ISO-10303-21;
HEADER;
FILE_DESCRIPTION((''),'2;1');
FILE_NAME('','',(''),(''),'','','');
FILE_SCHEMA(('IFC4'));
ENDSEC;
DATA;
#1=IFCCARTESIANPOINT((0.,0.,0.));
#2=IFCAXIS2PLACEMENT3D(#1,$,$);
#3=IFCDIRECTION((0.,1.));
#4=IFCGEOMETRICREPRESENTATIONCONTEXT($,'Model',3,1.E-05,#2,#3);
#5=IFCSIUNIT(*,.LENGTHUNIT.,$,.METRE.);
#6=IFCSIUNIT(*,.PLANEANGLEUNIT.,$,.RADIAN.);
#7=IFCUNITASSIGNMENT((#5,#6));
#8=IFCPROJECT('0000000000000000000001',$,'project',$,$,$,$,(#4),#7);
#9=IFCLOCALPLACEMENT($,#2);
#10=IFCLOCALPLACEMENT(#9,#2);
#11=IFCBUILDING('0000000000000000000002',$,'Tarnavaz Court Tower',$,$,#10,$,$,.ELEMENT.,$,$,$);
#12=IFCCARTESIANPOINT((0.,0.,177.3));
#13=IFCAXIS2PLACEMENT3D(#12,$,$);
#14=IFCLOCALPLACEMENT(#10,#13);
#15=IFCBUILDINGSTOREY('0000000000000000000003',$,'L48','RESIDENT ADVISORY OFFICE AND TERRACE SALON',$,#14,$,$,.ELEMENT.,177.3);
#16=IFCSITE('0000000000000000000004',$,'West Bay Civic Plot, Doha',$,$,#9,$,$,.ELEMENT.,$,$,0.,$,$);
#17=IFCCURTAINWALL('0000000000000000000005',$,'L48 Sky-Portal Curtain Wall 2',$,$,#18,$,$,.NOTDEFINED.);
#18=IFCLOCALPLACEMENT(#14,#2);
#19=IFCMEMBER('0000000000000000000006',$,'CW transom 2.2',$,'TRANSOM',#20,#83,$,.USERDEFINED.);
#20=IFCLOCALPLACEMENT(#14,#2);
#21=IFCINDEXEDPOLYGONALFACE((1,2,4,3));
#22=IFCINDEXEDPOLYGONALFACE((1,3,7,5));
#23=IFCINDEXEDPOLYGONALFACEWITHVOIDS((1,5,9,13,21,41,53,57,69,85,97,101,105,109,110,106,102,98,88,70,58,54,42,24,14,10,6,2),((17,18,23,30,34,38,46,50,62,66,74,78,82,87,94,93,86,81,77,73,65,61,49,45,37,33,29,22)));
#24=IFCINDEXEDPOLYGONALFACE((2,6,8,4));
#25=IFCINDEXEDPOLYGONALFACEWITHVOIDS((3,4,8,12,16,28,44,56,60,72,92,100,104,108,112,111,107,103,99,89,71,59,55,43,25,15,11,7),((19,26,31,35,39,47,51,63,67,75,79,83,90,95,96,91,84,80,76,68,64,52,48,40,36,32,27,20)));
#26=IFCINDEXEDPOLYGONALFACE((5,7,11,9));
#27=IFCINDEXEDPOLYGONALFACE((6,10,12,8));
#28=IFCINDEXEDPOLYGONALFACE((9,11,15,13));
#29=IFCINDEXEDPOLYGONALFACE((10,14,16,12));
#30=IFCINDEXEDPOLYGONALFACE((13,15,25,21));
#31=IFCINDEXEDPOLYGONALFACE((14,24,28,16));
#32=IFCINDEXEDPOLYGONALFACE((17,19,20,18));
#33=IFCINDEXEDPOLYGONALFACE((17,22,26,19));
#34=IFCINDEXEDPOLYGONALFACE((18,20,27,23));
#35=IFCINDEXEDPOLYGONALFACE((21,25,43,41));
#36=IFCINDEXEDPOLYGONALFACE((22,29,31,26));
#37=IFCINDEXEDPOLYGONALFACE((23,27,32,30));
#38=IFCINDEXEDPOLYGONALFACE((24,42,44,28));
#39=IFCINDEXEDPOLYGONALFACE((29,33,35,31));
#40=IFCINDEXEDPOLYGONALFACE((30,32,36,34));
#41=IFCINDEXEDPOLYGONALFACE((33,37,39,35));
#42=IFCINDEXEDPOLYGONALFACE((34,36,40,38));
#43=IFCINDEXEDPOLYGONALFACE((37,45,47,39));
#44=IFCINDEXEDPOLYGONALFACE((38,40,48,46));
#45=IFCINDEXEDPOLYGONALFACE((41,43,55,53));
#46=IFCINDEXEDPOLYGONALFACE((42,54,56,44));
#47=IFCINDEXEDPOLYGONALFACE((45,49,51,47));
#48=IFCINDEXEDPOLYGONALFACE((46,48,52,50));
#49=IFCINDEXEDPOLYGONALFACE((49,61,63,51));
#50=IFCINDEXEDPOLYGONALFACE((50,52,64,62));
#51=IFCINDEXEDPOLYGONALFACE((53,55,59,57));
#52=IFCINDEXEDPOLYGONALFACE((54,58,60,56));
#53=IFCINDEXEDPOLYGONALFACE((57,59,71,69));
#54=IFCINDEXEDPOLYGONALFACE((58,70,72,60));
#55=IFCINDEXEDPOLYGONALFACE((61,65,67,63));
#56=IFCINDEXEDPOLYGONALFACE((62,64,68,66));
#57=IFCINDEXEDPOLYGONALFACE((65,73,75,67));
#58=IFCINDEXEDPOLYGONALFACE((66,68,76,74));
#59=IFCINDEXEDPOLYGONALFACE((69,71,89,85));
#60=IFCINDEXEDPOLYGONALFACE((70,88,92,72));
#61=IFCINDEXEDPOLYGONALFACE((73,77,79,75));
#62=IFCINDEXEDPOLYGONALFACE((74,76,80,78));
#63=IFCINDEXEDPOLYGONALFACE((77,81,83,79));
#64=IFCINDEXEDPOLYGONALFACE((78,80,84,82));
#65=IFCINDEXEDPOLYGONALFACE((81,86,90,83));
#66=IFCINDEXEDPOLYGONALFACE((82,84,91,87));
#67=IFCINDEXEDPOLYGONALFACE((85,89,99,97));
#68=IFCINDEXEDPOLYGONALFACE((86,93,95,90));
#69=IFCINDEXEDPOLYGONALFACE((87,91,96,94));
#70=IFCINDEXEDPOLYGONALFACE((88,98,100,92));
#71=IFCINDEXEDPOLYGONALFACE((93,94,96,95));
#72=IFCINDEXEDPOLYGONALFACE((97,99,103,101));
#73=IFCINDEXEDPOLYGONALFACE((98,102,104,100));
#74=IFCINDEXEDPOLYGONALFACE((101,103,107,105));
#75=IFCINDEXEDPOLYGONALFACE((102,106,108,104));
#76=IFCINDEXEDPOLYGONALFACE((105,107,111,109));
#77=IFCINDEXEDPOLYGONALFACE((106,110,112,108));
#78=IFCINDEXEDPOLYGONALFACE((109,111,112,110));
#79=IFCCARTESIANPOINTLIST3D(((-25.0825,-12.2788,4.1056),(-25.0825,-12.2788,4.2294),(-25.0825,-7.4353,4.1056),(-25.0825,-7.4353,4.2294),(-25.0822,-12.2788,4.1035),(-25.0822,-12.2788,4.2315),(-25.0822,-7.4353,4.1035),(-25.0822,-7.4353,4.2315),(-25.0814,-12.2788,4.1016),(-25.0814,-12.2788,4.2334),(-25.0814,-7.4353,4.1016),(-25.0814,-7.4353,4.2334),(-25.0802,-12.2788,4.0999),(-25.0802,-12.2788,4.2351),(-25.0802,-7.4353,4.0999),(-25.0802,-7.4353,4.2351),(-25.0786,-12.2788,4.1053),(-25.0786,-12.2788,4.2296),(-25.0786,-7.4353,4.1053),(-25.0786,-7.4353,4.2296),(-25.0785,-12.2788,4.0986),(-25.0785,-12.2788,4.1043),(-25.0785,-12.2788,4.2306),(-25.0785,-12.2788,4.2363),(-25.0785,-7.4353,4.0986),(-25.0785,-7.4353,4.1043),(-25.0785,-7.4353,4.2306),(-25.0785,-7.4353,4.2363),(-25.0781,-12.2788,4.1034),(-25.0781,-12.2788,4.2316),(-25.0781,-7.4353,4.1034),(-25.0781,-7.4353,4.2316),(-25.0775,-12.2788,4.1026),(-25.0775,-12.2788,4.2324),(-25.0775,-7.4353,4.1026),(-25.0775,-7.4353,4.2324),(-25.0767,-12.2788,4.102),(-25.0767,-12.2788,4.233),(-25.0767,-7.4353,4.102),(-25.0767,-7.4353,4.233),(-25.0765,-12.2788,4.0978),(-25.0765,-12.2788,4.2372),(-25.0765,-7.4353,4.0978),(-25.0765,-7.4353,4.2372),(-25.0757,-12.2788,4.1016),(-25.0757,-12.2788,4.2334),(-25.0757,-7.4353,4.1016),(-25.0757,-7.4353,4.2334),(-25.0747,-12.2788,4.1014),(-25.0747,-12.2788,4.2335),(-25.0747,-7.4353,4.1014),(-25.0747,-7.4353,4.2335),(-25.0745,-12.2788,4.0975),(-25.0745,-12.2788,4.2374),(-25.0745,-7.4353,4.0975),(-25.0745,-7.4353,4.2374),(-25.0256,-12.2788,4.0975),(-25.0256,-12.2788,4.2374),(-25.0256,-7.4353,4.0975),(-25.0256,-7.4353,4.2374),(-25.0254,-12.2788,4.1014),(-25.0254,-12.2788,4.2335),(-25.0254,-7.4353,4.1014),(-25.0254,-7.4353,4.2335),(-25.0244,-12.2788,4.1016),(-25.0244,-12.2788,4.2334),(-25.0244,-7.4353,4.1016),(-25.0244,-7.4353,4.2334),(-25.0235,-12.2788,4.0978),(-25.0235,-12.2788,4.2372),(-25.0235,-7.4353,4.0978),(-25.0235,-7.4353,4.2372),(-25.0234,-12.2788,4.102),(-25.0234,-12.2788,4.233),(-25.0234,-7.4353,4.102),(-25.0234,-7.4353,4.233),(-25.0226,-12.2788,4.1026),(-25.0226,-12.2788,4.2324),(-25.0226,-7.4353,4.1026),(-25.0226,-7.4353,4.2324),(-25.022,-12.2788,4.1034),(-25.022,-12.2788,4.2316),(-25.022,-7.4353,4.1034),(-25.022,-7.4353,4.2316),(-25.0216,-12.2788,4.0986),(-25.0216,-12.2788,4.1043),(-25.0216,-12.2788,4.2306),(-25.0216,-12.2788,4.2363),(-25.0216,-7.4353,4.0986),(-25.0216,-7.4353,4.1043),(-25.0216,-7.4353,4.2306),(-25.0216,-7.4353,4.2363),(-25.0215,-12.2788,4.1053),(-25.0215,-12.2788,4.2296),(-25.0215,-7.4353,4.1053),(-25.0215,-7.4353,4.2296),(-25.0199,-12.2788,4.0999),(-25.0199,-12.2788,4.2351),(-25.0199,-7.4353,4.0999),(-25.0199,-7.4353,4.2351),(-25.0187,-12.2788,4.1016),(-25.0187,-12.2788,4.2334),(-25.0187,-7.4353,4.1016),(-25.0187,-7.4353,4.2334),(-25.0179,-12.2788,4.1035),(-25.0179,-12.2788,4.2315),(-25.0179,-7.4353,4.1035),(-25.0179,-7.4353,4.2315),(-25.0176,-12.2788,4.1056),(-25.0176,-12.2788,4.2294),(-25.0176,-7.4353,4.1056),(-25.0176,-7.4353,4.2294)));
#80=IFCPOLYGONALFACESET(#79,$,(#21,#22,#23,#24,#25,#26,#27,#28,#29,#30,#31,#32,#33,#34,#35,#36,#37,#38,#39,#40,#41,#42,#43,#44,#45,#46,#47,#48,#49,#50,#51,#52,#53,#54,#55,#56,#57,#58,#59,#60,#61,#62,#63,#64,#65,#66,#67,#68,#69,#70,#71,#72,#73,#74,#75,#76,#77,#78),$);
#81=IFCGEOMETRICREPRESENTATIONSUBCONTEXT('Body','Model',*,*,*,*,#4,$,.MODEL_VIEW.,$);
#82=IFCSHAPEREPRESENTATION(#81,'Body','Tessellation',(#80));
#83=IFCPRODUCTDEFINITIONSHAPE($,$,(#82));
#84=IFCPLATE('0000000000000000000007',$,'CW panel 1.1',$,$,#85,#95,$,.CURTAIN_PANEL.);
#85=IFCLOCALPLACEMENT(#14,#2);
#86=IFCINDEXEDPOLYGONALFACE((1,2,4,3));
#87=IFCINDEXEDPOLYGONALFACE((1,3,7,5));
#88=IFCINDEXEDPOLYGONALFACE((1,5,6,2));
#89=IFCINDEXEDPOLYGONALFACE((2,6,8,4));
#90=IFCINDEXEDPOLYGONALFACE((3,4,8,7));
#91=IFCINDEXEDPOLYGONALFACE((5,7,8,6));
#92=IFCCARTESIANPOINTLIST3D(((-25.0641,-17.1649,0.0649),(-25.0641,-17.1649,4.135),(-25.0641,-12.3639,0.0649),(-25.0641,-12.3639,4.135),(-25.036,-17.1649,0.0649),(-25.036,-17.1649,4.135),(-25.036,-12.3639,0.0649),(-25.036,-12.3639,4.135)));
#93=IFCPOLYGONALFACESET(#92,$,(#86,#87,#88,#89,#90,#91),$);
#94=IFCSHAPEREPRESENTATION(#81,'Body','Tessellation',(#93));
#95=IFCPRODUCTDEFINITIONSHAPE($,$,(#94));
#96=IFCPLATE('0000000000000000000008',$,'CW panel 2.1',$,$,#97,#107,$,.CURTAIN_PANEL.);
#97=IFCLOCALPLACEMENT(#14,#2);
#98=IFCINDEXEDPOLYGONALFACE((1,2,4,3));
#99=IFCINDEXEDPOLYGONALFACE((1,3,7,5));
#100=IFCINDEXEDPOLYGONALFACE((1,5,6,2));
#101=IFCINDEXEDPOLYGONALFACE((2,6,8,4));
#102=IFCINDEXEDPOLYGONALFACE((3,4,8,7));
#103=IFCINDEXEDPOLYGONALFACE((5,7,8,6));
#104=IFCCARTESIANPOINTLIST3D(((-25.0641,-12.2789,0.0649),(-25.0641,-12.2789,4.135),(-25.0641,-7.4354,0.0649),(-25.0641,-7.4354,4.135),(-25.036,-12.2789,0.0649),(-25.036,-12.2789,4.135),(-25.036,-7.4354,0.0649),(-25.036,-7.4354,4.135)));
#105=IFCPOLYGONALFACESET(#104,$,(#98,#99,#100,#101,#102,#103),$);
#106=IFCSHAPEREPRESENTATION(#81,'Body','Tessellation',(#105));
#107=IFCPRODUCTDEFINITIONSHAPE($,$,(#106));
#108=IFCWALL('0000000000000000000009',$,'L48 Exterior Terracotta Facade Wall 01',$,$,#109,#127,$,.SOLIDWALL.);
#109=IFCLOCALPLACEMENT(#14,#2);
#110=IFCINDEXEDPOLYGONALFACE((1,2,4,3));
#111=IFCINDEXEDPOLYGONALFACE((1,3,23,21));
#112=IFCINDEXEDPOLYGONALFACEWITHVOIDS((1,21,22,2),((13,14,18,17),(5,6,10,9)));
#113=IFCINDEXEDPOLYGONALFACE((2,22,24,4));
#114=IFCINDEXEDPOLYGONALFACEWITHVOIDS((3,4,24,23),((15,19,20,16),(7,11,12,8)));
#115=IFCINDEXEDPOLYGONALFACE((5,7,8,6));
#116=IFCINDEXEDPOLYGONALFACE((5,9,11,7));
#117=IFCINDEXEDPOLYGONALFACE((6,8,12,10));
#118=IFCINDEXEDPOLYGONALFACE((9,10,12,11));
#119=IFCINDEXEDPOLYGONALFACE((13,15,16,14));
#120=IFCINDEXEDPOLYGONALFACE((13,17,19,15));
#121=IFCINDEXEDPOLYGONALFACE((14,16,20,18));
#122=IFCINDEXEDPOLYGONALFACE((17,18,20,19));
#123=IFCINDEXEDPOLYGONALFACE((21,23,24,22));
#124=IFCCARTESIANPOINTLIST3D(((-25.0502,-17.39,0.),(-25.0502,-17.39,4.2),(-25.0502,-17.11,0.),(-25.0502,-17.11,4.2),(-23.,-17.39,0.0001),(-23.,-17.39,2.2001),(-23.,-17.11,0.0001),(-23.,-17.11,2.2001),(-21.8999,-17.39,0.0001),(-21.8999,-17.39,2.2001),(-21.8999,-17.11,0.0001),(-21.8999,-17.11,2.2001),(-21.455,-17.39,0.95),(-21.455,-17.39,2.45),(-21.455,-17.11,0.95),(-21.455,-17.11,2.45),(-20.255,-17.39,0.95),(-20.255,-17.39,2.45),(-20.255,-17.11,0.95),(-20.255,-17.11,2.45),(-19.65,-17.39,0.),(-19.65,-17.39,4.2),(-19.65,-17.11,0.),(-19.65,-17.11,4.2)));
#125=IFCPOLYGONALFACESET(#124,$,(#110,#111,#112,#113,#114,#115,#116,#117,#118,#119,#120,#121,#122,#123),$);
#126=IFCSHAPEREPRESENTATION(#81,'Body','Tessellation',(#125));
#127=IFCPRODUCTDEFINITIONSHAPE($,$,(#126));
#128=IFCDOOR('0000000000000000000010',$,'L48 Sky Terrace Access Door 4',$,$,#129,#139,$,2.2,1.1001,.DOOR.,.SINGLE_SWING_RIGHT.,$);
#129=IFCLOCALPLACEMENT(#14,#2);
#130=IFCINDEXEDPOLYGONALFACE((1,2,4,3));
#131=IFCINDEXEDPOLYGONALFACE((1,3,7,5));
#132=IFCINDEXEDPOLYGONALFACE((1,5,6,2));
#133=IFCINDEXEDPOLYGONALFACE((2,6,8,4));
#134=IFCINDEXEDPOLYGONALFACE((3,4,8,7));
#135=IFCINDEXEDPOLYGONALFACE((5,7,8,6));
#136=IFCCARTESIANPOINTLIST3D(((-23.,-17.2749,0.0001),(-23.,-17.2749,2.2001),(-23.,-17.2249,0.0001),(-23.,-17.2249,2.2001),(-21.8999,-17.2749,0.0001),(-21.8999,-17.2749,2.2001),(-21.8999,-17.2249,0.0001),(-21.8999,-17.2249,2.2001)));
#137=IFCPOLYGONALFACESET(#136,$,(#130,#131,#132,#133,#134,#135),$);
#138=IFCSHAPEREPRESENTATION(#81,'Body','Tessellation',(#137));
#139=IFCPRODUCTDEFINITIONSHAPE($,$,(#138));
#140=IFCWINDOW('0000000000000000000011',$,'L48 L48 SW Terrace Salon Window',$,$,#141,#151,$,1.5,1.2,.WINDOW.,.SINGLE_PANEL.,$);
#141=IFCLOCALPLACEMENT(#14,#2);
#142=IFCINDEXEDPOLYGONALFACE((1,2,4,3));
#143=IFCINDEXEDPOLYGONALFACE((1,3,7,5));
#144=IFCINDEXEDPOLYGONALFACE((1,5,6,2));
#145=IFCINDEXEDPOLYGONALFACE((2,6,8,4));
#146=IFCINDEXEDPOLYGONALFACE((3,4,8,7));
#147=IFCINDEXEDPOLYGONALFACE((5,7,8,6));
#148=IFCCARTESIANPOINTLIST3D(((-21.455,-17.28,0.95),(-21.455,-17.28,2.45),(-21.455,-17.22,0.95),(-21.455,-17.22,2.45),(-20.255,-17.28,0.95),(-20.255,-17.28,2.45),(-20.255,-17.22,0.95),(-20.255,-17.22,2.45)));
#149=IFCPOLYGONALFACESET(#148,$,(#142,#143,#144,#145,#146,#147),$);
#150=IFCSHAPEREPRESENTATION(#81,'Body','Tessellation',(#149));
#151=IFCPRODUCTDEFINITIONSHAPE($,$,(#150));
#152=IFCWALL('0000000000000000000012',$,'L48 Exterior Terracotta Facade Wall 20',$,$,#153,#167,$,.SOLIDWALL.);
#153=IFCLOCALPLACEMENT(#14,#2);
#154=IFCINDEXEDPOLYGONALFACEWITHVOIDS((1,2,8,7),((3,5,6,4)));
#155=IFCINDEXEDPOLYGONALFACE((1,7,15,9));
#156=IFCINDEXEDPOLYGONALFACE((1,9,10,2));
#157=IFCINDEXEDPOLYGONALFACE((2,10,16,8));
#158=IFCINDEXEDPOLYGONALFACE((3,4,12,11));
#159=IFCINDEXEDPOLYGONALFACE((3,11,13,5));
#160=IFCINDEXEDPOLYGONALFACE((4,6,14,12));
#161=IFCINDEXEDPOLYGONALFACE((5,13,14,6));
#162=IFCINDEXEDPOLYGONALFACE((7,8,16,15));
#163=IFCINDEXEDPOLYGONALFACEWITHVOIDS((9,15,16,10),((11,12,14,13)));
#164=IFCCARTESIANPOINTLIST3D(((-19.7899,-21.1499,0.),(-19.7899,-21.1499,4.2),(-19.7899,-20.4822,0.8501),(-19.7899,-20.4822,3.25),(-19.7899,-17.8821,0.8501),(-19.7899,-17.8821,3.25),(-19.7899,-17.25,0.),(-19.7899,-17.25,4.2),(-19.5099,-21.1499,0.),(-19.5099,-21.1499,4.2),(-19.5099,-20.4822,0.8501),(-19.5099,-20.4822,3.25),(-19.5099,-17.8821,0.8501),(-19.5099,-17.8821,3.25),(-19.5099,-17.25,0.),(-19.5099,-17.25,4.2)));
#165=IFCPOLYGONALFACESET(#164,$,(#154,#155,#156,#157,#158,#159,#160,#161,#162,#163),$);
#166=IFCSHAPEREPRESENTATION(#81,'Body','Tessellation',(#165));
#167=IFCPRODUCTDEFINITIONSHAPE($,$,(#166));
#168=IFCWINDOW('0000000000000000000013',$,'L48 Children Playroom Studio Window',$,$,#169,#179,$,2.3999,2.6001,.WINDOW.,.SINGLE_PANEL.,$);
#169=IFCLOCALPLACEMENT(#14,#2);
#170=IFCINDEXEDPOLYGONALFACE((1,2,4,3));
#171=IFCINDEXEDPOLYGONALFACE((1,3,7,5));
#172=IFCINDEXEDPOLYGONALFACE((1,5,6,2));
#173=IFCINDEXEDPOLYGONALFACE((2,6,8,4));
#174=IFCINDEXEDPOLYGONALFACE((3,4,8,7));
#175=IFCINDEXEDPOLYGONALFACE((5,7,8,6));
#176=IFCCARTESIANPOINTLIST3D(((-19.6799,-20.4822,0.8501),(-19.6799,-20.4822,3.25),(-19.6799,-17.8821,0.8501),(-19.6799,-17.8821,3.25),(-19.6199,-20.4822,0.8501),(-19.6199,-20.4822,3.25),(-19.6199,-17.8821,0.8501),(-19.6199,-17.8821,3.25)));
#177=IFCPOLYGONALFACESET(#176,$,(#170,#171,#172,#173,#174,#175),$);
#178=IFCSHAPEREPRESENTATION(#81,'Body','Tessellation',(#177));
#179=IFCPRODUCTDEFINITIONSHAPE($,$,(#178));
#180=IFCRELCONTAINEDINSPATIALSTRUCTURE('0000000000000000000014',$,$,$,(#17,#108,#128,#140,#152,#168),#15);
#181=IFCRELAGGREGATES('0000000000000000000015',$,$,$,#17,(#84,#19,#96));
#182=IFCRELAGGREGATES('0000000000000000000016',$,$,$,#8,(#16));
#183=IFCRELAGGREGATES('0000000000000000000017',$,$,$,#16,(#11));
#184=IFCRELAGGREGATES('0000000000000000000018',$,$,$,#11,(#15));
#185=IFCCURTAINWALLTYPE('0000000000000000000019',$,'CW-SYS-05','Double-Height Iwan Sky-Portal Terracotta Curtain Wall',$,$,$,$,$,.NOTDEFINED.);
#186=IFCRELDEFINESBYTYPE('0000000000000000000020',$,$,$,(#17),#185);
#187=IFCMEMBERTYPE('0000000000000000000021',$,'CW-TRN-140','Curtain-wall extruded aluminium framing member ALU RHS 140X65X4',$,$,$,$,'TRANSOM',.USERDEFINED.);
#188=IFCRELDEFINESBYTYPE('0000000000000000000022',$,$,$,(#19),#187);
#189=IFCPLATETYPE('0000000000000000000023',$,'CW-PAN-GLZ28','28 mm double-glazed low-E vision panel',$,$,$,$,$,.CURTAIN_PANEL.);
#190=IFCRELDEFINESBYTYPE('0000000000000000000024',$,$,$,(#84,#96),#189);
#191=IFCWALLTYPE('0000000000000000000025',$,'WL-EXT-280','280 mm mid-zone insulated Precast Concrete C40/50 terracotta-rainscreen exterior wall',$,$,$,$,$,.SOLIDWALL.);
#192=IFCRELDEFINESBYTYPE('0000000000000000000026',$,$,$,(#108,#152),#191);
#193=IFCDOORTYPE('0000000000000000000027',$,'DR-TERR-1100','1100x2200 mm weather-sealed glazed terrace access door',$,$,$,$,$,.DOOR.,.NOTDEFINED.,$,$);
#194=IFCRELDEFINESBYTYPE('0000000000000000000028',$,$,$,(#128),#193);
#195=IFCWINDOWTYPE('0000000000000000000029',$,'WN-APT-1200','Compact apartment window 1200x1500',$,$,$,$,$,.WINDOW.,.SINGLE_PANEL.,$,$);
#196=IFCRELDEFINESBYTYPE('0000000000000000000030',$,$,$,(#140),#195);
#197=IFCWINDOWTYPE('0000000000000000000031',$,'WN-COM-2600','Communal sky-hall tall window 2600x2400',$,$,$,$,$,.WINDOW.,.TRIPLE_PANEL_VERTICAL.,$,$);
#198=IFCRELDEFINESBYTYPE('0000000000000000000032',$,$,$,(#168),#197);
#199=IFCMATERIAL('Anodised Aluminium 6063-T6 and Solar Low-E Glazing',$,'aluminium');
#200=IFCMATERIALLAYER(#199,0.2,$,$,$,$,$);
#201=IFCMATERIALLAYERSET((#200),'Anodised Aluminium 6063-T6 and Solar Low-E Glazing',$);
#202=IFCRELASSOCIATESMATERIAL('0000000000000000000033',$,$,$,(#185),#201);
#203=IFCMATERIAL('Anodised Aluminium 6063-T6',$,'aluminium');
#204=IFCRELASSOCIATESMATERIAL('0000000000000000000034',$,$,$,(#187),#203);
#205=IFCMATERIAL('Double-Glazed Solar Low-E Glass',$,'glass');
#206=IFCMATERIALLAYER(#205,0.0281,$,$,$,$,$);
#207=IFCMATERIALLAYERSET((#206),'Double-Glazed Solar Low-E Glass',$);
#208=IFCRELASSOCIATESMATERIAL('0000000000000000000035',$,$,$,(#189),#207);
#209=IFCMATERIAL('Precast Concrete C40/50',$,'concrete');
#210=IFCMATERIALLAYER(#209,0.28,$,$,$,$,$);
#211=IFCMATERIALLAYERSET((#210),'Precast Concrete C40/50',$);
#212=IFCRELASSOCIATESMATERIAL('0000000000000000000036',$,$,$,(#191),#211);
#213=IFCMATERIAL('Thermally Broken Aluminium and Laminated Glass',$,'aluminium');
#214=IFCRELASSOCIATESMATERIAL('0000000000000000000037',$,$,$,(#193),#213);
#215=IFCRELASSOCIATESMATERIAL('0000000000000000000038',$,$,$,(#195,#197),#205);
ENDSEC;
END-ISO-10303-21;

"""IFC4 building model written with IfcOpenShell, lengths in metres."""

from ifc_helpers import new_model, si_unit, direction, frame, frame_2d, origin, origin_2d, place, context, subcontext, project, spatial, rectangle, hollow_rectangle, extrude, material, layer, layer_set, material_profile, profile_set, type_object, element, fill, aggregate, save


model = new_model("IFC4")

# Units and contexts
model_context = context("Model", 3, precision=1e-05, world=origin(), true_north=direction((0.0, 1.0)))
body_context = subcontext(model_context, "Body", "Model", "MODEL_VIEW")
ifc_project = project(units=[si_unit("LENGTHUNIT", "METRE"), si_unit("PLANEANGLEUNIT", "RADIAN")], contexts=[model_context])

# Site, building, storey
site_placement = place(None, origin())
site = spatial("IfcSite", under=ifc_project, at=site_placement, Name="West Bay Civic Plot, Doha", CompositionType="ELEMENT", RefElevation=0.0)
building_placement = place(site_placement, origin())
building = spatial("IfcBuilding", under=site, at=building_placement, Name="Tarnavaz Court Tower", CompositionType="ELEMENT")
storey_placement = place(building_placement, frame((0.0, 0.0, 177.3)))
storey = spatial("IfcBuildingStorey", under=building, at=storey_placement, Name="L48", Description="RESIDENT ADVISORY OFFICE AND TERRACE SALON", CompositionType="ELEMENT", Elevation=177.3)

# Curtain wall, member, plates
ifc_material_1 = material(Name="Anodised Aluminium 6063-T6 and Solar Low-E Glazing", Category="aluminium")
ifc_layer_1 = layer(ifc_material_1, 0.2)
ifc_layer_set_1 = layer_set([ifc_layer_1], Name="Anodised Aluminium 6063-T6 and Solar Low-E Glazing")
curtain_wall_type = type_object("IfcCurtainWallType", Name="CW-SYS-05", Description="Double-Height Iwan Sky-Portal Terracotta Curtain Wall", PredefinedType="NOTDEFINED", material=ifc_layer_set_1)
curtain_wall_placement = place(storey_placement, origin())
curtain_wall = element("IfcCurtainWall", 1, at=curtain_wall_placement, inside=storey, type_object=curtain_wall_type, Name="L48 Sky-Portal Curtain Wall 2", PredefinedType="NOTDEFINED")
ifc_material_2 = material(Name="Anodised Aluminium 6063-T6", Category="aluminium")
ifc_material_profile_1 = material_profile(ifc_material_2, hollow_rectangle(XDim=0.0649, YDim=0.1399, WallThickness=0.0039, InnerFilletRadius=0.0039, OuterFilletRadius=0.0081, at=origin_2d()), Name="ALU RHS 140X65X4")
ifc_profile_set_1 = profile_set([ifc_material_profile_1], Name="Anodised Aluminium 6063-T6")
member_type_1 = type_object("IfcMemberType", Name="CW-TRN-140", Description="Curtain-wall extruded aluminium framing member ALU RHS 140X65X4", ElementType="TRANSOM", PredefinedType="USERDEFINED", material=ifc_profile_set_1)
member_1_placement = place(storey_placement, frame((-25.05, -12.2788, 4.1675), z_axis=(0.0, 1.0, 0.0), x_axis=(-1.0, 0.0, 0.0)))
member_1 = element("IfcMember", 2, at=member_1_placement, type_object=member_type_1, Name="CW transom 2.2", ObjectType="TRANSOM", PredefinedType="USERDEFINED", context=body_context, shape_type="SweptSolid", body=[
    extrude(hollow_rectangle(XDim=0.0649, YDim=0.1399, WallThickness=0.0039, InnerFilletRadius=0.0039, OuterFilletRadius=0.0081, at=origin_2d()), origin(), (0.0, 0.0, 1.0), 4.8435),
])
ifc_material_3 = material(Name="Double-Glazed Solar Low-E Glass", Category="glass")
ifc_layer_2 = layer(ifc_material_3, 0.0281)
ifc_layer_set_2 = layer_set([ifc_layer_2], Name="Double-Glazed Solar Low-E Glass")
plate_type = type_object("IfcPlateType", Name="CW-PAN-GLZ28", Description="28 mm double-glazed low-E vision panel", PredefinedType="CURTAIN_PANEL", material=ifc_layer_set_2)
plate_1_placement = place(storey_placement, frame((-25.05, -14.7644, 0.0649), z_axis=(0.0, 0.0, 1.0), x_axis=(0.0, 1.0, 0.0)))
plate_1 = element("IfcPlate", 3, at=plate_1_placement, type_object=plate_type, Name="CW panel 1.1", PredefinedType="CURTAIN_PANEL", context=body_context, shape_type="SweptSolid", body=[
    extrude(rectangle(XDim=4.801, YDim=0.0281, at=origin_2d()), origin(), (0.0, 0.0, 1.0), 4.0701),
])
plate_2_placement = place(storey_placement, frame((-25.05, -9.8572, 0.0649), z_axis=(0.0, 0.0, 1.0), x_axis=(0.0, 1.0, 0.0)))
plate_2 = element("IfcPlate", 4, at=plate_2_placement, type_object=plate_type, Name="CW panel 2.1", PredefinedType="CURTAIN_PANEL", context=body_context, shape_type="SweptSolid", body=[
    extrude(rectangle(XDim=4.8435, YDim=0.0281, at=origin_2d()), origin(), (0.0, 0.0, 1.0), 4.0701),
])
aggregate(curtain_wall, [plate_1, member_1, plate_2])

# Wall, openings, door, window
ifc_material_4 = material(Name="Precast Concrete C40/50", Category="concrete")
ifc_layer_3 = layer(ifc_material_4, 0.28)
ifc_layer_set_3 = layer_set([ifc_layer_3], Name="Precast Concrete C40/50")
wall_type_1 = type_object("IfcWallType", Name="WL-EXT-280", Description="280 mm mid-zone insulated Precast Concrete C40/50 terracotta-rainscreen exterior wall", PredefinedType="SOLIDWALL", material=ifc_layer_set_3)
wall_1_placement = place(storey_placement, frame((-19.6499, -17.25, 0.0), z_axis=(0.0, 0.0, 1.0), x_axis=(-1.0, 0.0, 0.0)))
wall_1 = element("IfcWall", 5, at=wall_1_placement, inside=storey, type_object=wall_type_1, Name="L48 Exterior Terracotta Facade Wall 01", PredefinedType="SOLIDWALL", context=body_context, shape_type="SweptSolid", body=[
    extrude(rectangle(XDim=5.4001, YDim=0.28, at=frame_2d((2.7002, 0.0))), origin(), (0.0, 0.0, 1.0), 4.2),
])
opening_1_placement = place(wall_1_placement, frame((2.25, 0.0, 0.0)))
opening_1 = element("IfcOpeningElement", 6, at=opening_1_placement, cuts=wall_1, PredefinedType="OPENING", context=body_context, shape_type="SweptSolid", body=[
    extrude(rectangle(XDim=1.1001, YDim=2.2, at=frame_2d((0.55, 1.1001))), frame((0.0, 0.1499, 0.0), z_axis=(0.0, -1.0, 0.0), x_axis=(1.0, 0.0, 0.0)), (0.0, 0.0, 1.0), 0.3),
])
opening_2_placement = place(wall_1_placement, frame((0.605, 0.0, 0.95)))
opening_2 = element("IfcOpeningElement", 7, at=opening_2_placement, cuts=wall_1, PredefinedType="OPENING", context=body_context, shape_type="SweptSolid", body=[
    extrude(rectangle(XDim=1.2, YDim=1.5, at=frame_2d((0.6001, 0.75))), frame((0.0, 0.1499, 0.0), z_axis=(0.0, -1.0, 0.0), x_axis=(1.0, 0.0, 0.0)), (0.0, 0.0, 1.0), 0.3),
])
ifc_material_5 = material(Name="Thermally Broken Aluminium and Laminated Glass", Category="aluminium")
door_type_1 = type_object("IfcDoorType", Name="DR-TERR-1100", Description="1100x2200 mm weather-sealed glazed terrace access door", OperationType="NOTDEFINED", PredefinedType="DOOR", material=ifc_material_5)
door_1_placement = place(opening_1_placement, origin())
door_1 = element("IfcDoor", 8, at=door_1_placement, inside=storey, type_object=door_type_1, Name="L48 Sky Terrace Access Door 4", OperationType="SINGLE_SWING_RIGHT", OverallHeight=2.2, OverallWidth=1.1001, PredefinedType="DOOR", context=body_context, shape_type="SweptSolid", body=[
    extrude(rectangle(XDim=1.1001, YDim=2.2, at=frame_2d((0.55, 1.1001))), frame((0.0, 0.0249, 0.0), z_axis=(0.0, -1.0, 0.0), x_axis=(1.0, 0.0, 0.0)), (0.0, 0.0, 1.0), 0.05),
])
fill(opening_1, door_1)
window_type_1 = type_object("IfcWindowType", Name="WN-APT-1200", Description="Compact apartment window 1200x1500", PartitioningType="SINGLE_PANEL", PredefinedType="WINDOW", material=ifc_material_3)
window_1_placement = place(opening_2_placement, origin())
window_1 = element("IfcWindow", 9, at=window_1_placement, inside=storey, type_object=window_type_1, Name="L48 L48 SW Terrace Salon Window", OverallHeight=1.5, OverallWidth=1.2, PartitioningType="SINGLE_PANEL", PredefinedType="WINDOW", context=body_context, shape_type="SweptSolid", body=[
    extrude(rectangle(XDim=1.2, YDim=1.5, at=frame_2d((0.6001, 0.75))), frame((0.0, 0.03, 0.0), z_axis=(0.0, -1.0, 0.0), x_axis=(1.0, 0.0, 0.0)), (0.0, 0.0, 1.0), 0.0601),
])
fill(opening_2, window_1)

# Wall, opening, window
wall_2_placement = place(storey_placement, frame((-19.6499, -21.1499, 0.0), z_axis=(0.0, 0.0, 1.0), x_axis=(0.0, 1.0, 0.0)))
wall_2 = element("IfcWall", 10, at=wall_2_placement, inside=storey, type_object=wall_type_1, Name="L48 Exterior Terracotta Facade Wall 20", PredefinedType="SOLIDWALL", context=body_context, shape_type="SweptSolid", body=[
    extrude(rectangle(XDim=3.8999, YDim=0.28, at=frame_2d((1.95, 0.0))), origin(), (0.0, 0.0, 1.0), 4.2),
])
opening_3_placement = place(wall_2_placement, frame((0.6677, 0.0, 0.8501)))
opening_3 = element("IfcOpeningElement", 11, at=opening_3_placement, cuts=wall_2, PredefinedType="OPENING", context=body_context, shape_type="SweptSolid", body=[
    extrude(rectangle(XDim=2.6001, YDim=2.3999, at=frame_2d((1.3, 1.2))), frame((0.0, 0.1499, 0.0), z_axis=(0.0, -1.0, 0.0), x_axis=(1.0, 0.0, 0.0)), (0.0, 0.0, 1.0), 0.3),
])
window_type_2 = type_object("IfcWindowType", Name="WN-COM-2600", Description="Communal sky-hall tall window 2600x2400", PartitioningType="TRIPLE_PANEL_VERTICAL", PredefinedType="WINDOW", material=ifc_material_3)
window_2_placement = place(opening_3_placement, origin())
window_2 = element("IfcWindow", 12, at=window_2_placement, inside=storey, type_object=window_type_2, Name="L48 Children Playroom Studio Window", OverallHeight=2.3999, OverallWidth=2.6001, PartitioningType="SINGLE_PANEL", PredefinedType="WINDOW", context=body_context, shape_type="SweptSolid", body=[
    extrude(rectangle(XDim=2.6001, YDim=2.3999, at=frame_2d((1.3, 1.2))), frame((0.0, 0.03, 0.0), z_axis=(0.0, -1.0, 0.0), x_axis=(1.0, 0.0, 0.0)), (0.0, 0.0, 1.0), 0.0601),
])
fill(opening_3, window_2)

save(model, "model.ifc")
